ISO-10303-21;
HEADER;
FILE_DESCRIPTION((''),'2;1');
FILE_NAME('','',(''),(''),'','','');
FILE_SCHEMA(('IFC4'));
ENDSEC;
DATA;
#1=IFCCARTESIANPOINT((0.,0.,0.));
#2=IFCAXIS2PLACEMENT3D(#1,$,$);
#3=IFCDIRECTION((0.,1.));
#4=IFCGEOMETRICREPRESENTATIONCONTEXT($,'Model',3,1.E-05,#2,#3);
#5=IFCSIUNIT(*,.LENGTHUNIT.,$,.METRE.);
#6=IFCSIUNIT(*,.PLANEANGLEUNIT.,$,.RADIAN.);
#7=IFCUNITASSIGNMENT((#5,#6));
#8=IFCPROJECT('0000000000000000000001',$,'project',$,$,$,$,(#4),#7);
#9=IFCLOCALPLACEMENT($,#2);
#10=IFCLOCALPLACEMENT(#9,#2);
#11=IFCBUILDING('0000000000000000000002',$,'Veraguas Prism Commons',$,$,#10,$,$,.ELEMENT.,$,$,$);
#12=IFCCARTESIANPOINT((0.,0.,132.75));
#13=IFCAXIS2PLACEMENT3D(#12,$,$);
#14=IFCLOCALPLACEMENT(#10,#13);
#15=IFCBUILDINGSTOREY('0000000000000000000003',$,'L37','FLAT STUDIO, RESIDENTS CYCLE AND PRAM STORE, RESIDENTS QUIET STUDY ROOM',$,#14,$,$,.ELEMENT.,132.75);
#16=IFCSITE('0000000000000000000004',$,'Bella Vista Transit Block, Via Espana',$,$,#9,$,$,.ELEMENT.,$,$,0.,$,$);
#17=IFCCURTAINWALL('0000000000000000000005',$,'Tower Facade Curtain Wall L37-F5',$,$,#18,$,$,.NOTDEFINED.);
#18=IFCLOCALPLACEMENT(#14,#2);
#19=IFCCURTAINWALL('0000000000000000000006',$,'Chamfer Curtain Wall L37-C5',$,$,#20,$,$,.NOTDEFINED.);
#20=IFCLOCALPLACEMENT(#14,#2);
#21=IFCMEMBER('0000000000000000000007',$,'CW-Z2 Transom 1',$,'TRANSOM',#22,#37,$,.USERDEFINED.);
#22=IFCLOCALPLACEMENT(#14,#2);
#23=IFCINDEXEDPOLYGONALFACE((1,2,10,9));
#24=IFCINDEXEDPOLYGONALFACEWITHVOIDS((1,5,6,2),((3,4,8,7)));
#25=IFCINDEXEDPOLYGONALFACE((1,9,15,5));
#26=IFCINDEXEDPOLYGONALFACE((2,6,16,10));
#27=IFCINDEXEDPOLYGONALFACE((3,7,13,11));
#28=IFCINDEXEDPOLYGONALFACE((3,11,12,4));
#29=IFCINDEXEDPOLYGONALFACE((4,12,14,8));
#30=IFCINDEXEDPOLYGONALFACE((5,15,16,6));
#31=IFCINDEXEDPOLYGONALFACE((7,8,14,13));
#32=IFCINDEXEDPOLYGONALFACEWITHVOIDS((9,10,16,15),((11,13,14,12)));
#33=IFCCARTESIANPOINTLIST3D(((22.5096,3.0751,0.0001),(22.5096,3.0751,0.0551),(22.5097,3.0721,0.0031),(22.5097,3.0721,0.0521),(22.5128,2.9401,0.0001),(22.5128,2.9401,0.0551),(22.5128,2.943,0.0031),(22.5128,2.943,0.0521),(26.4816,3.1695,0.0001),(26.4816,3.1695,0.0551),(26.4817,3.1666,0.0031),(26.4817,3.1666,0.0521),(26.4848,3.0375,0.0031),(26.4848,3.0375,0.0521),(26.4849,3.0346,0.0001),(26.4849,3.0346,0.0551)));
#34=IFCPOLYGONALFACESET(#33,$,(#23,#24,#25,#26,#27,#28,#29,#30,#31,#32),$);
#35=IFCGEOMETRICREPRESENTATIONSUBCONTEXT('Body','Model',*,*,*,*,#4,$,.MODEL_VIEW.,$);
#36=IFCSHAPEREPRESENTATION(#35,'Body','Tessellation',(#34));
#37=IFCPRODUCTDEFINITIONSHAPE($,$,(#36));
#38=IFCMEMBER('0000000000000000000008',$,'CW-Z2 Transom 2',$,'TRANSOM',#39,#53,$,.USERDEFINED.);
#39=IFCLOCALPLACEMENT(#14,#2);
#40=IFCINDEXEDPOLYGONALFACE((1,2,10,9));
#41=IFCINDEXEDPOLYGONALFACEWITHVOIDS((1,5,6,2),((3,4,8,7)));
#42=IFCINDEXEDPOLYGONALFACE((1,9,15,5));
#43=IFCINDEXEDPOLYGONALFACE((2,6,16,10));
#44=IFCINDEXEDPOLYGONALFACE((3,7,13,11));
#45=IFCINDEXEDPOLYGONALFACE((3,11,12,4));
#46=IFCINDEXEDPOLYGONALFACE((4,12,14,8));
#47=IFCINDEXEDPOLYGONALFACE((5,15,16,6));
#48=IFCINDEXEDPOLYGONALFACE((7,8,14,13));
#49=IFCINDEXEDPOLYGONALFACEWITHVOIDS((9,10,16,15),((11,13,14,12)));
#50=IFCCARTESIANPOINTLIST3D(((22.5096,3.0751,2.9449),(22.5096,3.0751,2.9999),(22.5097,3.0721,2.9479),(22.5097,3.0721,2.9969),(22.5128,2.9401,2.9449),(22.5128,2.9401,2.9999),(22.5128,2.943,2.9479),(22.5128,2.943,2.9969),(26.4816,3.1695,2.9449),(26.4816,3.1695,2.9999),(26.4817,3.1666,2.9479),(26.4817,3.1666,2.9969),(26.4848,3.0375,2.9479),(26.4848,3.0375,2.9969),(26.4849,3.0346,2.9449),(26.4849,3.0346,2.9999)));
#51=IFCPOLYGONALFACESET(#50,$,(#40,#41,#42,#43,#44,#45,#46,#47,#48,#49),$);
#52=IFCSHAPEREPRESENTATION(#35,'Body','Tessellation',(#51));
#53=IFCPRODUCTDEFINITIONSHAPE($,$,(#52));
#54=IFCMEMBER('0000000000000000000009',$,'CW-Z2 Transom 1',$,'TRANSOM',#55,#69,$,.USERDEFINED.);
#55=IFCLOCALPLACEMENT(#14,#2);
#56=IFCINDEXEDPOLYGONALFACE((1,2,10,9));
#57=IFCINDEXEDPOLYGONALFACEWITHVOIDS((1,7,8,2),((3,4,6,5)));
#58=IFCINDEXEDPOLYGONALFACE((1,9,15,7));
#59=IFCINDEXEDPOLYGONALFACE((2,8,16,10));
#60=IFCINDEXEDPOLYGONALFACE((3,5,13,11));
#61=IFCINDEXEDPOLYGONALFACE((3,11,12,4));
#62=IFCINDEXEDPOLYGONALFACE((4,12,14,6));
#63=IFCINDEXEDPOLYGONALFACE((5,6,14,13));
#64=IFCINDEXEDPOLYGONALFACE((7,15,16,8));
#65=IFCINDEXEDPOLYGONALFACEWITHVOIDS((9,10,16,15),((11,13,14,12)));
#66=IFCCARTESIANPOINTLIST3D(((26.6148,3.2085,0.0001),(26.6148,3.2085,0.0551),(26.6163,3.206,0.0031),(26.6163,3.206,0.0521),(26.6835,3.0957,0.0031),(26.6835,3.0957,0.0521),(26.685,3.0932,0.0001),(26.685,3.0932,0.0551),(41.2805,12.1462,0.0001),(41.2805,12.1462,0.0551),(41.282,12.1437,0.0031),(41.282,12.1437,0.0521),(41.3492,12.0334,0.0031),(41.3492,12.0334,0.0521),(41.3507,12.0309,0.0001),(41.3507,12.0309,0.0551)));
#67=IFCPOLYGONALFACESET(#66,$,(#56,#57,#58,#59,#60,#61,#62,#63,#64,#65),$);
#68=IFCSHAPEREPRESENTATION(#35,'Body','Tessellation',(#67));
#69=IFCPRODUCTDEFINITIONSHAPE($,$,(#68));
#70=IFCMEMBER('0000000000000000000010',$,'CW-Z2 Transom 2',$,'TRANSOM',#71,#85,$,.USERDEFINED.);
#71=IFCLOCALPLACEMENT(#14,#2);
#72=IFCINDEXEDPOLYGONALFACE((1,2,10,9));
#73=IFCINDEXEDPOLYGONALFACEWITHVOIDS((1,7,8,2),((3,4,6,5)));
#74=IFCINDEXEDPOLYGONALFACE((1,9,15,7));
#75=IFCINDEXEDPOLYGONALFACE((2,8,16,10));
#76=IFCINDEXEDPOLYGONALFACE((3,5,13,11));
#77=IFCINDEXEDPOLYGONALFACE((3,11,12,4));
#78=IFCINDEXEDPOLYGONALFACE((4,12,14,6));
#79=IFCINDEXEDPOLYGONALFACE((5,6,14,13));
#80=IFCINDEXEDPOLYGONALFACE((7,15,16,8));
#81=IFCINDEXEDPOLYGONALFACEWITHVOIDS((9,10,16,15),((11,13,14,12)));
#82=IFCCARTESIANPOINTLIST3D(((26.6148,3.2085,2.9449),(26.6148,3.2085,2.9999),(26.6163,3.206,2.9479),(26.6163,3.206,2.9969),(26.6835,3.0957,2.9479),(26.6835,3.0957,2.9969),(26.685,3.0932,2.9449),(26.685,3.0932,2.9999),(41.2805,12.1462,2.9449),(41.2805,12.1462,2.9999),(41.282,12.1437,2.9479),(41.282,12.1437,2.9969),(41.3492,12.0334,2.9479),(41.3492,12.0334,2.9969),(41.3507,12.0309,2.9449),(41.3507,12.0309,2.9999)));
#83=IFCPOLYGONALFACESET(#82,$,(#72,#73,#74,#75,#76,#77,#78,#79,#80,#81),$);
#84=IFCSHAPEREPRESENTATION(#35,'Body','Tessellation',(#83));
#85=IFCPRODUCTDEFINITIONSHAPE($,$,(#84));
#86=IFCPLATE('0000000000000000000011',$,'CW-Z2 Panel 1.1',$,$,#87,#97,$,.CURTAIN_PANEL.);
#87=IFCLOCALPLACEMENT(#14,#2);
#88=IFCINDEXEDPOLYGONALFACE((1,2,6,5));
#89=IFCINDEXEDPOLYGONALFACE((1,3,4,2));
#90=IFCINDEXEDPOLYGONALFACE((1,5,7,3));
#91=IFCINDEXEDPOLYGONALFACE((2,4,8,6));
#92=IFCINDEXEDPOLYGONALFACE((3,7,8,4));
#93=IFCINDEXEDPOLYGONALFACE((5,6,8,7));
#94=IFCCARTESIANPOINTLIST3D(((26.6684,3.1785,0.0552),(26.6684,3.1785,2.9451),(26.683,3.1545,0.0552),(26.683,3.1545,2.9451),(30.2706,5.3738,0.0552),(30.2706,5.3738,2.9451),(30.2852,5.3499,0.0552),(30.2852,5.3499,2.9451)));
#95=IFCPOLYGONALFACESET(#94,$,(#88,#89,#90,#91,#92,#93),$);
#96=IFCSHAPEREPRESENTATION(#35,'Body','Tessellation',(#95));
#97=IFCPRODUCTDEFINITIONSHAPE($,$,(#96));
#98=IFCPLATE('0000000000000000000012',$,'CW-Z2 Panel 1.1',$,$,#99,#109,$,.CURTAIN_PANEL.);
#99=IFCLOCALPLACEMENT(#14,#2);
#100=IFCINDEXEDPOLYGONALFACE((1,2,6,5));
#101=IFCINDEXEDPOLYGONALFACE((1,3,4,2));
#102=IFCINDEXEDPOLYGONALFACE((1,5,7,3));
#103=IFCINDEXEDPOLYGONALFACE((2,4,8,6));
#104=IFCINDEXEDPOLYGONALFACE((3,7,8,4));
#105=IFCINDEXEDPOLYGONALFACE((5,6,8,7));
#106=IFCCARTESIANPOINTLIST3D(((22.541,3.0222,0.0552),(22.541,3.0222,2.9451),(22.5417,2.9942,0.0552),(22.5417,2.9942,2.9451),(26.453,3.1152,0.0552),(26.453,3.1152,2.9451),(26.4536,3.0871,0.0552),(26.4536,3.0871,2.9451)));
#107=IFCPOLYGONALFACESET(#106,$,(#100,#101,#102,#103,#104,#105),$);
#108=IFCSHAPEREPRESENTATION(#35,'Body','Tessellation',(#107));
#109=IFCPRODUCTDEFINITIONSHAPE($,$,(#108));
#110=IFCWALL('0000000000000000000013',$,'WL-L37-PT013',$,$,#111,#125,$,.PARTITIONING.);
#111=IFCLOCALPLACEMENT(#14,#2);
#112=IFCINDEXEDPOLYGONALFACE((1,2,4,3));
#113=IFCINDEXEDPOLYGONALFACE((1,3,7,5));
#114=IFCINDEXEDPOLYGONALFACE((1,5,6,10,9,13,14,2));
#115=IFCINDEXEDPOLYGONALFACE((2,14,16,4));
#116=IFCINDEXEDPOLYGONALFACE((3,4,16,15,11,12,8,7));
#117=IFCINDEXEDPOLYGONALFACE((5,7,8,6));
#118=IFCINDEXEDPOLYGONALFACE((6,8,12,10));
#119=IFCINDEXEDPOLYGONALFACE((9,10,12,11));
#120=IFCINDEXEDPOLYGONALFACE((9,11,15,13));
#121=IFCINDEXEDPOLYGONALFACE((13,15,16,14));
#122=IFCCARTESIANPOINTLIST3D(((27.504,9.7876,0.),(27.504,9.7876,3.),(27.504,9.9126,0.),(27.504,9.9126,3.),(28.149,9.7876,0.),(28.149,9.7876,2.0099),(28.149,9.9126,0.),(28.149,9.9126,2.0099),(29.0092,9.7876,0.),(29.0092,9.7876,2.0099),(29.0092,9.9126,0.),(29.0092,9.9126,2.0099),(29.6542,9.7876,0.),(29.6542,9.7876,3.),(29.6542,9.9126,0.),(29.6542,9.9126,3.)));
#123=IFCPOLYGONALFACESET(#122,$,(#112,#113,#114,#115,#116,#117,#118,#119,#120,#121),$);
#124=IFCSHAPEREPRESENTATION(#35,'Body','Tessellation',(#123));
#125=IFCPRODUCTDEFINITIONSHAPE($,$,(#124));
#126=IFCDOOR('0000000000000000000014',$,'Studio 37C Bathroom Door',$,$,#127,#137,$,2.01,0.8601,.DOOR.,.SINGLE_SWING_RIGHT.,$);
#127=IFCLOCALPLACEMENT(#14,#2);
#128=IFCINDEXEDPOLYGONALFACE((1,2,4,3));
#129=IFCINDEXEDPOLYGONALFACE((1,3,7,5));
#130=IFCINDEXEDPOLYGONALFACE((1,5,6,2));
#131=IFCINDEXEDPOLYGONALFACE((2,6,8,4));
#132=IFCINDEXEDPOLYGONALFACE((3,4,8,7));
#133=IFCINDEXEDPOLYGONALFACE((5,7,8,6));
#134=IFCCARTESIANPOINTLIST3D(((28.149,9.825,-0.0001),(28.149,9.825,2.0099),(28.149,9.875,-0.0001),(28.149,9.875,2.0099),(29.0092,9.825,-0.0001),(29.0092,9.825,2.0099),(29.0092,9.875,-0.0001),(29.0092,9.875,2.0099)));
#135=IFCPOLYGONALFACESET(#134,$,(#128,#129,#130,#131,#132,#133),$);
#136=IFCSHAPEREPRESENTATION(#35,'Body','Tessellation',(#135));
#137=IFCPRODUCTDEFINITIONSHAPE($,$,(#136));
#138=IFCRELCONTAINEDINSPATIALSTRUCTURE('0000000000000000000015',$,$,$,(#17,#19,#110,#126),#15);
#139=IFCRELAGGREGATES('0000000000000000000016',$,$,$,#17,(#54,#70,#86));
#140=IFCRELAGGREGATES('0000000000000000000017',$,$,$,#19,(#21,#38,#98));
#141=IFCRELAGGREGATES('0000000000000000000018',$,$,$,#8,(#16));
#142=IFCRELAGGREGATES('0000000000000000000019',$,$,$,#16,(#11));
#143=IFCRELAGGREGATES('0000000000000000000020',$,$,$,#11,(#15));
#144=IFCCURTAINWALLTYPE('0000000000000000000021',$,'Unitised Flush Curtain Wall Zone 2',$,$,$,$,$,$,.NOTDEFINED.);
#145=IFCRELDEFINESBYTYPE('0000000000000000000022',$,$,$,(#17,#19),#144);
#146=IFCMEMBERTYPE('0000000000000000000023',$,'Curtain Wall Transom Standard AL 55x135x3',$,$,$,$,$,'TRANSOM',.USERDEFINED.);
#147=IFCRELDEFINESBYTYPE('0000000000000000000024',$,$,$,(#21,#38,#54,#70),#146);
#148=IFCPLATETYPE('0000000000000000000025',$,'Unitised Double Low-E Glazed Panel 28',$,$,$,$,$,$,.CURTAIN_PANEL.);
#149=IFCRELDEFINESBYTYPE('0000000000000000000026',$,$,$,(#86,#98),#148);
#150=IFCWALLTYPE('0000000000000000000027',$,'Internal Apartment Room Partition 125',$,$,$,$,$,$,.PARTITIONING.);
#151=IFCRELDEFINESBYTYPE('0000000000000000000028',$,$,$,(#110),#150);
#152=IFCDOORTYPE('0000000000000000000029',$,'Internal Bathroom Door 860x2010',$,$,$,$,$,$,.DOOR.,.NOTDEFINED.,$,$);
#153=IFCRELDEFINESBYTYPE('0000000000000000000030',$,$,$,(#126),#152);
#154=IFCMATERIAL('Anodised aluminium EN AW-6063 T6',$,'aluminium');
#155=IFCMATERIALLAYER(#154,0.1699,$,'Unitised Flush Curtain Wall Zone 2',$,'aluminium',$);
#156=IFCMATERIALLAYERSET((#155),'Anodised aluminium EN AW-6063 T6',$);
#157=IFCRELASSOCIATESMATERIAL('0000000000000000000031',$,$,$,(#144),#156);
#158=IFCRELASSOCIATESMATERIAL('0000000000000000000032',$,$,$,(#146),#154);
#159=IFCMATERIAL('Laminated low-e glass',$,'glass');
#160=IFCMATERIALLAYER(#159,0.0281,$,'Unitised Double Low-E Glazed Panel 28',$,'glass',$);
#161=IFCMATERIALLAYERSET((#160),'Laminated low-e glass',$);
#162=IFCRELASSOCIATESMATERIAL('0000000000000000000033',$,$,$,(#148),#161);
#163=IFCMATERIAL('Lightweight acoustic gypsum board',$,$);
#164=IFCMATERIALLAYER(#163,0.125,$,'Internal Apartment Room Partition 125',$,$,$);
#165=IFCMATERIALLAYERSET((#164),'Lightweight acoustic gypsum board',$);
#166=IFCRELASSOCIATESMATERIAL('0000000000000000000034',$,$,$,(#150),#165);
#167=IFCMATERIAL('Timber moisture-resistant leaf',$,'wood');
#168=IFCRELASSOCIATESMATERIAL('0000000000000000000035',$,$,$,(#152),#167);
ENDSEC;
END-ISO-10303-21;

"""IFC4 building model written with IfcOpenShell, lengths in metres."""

from ifc_helpers import new_model, si_unit, direction, frame, frame_2d, origin, origin_2d, place, context, subcontext, project, spatial, rectangle, hollow_rectangle, extrude, source, transform, mapped, material, layer, layer_set, material_profile, profile_set, type_object, element, fill, aggregate, save


model = new_model("IFC4")

# Units and contexts
model_context = context("Model", 3, precision=1e-05, world=origin(), true_north=direction((0.0, 1.0)))
body_context = subcontext(model_context, "Body", "Model", "MODEL_VIEW")
ifc_project = project(units=[si_unit("LENGTHUNIT", "METRE"), si_unit("PLANEANGLEUNIT", "RADIAN")], contexts=[model_context])

# Site, building, storey
site_placement = place(None, origin())
site = spatial("IfcSite", under=ifc_project, at=site_placement, Name="Bella Vista Transit Block, Via Espana", CompositionType="ELEMENT", RefElevation=0.0)
building_placement = place(site_placement, origin())
building = spatial("IfcBuilding", under=site, at=building_placement, Name="Veraguas Prism Commons", CompositionType="ELEMENT")
storey_placement = place(building_placement, frame((0.0, 0.0, 132.75)))
storey = spatial("IfcBuildingStorey", under=building, at=storey_placement, Name="L37", Description="FLAT STUDIO, RESIDENTS CYCLE AND PRAM STORE, RESIDENTS QUIET STUDY ROOM", CompositionType="ELEMENT", Elevation=132.75)

# Shared definitions
ifc_material_1 = material(Name="Anodised aluminium EN AW-6063 T6", Category="aluminium")
ifc_layer_1 = layer(ifc_material_1, 0.1699, Name="Unitised Flush Curtain Wall Zone 2", Category="aluminium")
ifc_layer_set_1 = layer_set([ifc_layer_1], Name="Anodised aluminium EN AW-6063 T6")
curtain_wall_type = type_object("IfcCurtainWallType", Name="Unitised Flush Curtain Wall Zone 2", PredefinedType="NOTDEFINED", material=ifc_layer_set_1)

# Curtain walls, members
curtain_wall_1_placement = place(storey_placement, origin())
curtain_wall_1 = element("IfcCurtainWall", 1, at=curtain_wall_1_placement, inside=storey, type_object=curtain_wall_type, Name="Tower Facade Curtain Wall L37-F5", PredefinedType="NOTDEFINED")
curtain_wall_2_placement = place(storey_placement, origin())
curtain_wall_2 = element("IfcCurtainWall", 2, at=curtain_wall_2_placement, inside=storey, type_object=curtain_wall_type, Name="Chamfer Curtain Wall L37-C5", PredefinedType="NOTDEFINED")
ifc_material_profile_1 = material_profile(ifc_material_1, hollow_rectangle(XDim=0.0549, YDim=0.135, WallThickness=0.0029, at=origin_2d()), Name="AL55X135X3")
ifc_profile_set_1 = profile_set([ifc_material_profile_1], Name="Anodised aluminium EN AW-6063 T6")
member_type_1 = type_object("IfcMemberType", Name="Curtain Wall Transom Standard AL 55x135x3", ElementType="TRANSOM", PredefinedType="USERDEFINED", material=ifc_profile_set_1)
shared_shape_1 = source(origin(), body_context, "Body", "SweptSolid", [
    extrude(hollow_rectangle(XDim=0.0549, YDim=0.135, WallThickness=0.0029, at=origin_2d()), origin(), (0.0, 0.0, 1.0), 3.9731),
])
member_1_placement = place(storey_placement, frame((22.5112, 3.0076, 0.0276), z_axis=(0.999717, 0.023781, 0.0), x_axis=(0.0, 0.0, 1.0)))
member_1 = element("IfcMember", 3, at=member_1_placement, type_object=member_type_1, Name="CW-Z2 Transom 1", ObjectType="TRANSOM", PredefinedType="USERDEFINED", context=body_context, shape_type="MappedRepresentation", body=[
    mapped(shared_shape_1, transform((0.0, 0.0, 0.0), scale=1.0)),
])
member_2_placement = place(storey_placement, frame((22.5112, 3.0076, 2.9724), z_axis=(0.999717, 0.023781, 0.0), x_axis=(0.0, 0.0, 1.0)))
member_2 = element("IfcMember", 4, at=member_2_placement, type_object=member_type_1, Name="CW-Z2 Transom 2", ObjectType="TRANSOM", PredefinedType="USERDEFINED", context=body_context, shape_type="MappedRepresentation", body=[
    mapped(shared_shape_1, transform((0.0, 0.0, 0.0), scale=1.0)),
])

# Members
shared_shape_2 = source(origin(), body_context, "Body", "SweptSolid", [
    extrude(hollow_rectangle(XDim=0.0549, YDim=0.135, WallThickness=0.0029, at=origin_2d()), origin(), (0.0, 0.0, 1.0), 17.1746),
])
member_3_placement = place(storey_placement, frame((26.6499, 3.1509, 0.0276), z_axis=(0.85392, 0.520404, 0.0), x_axis=(0.0, 0.0, 1.0)))
member_3 = element("IfcMember", 5, at=member_3_placement, type_object=member_type_1, Name="CW-Z2 Transom 1", ObjectType="TRANSOM", PredefinedType="USERDEFINED", context=body_context, shape_type="MappedRepresentation", body=[
    mapped(shared_shape_2, transform((0.0, 0.0, 0.0), scale=1.0)),
])
member_4_placement = place(storey_placement, frame((26.6499, 3.1509, 2.9724), z_axis=(0.85392, 0.520404, 0.0), x_axis=(0.0, 0.0, 1.0)))
member_4 = element("IfcMember", 6, at=member_4_placement, type_object=member_type_1, Name="CW-Z2 Transom 2", ObjectType="TRANSOM", PredefinedType="USERDEFINED", context=body_context, shape_type="MappedRepresentation", body=[
    mapped(shared_shape_2, transform((0.0, 0.0, 0.0), scale=1.0)),
])

# Plates
ifc_material_2 = material(Name="Laminated low-e glass", Category="glass")
ifc_layer_2 = layer(ifc_material_2, 0.0281, Name="Unitised Double Low-E Glazed Panel 28", Category="glass")
ifc_layer_set_2 = layer_set([ifc_layer_2], Name="Laminated low-e glass")
plate_type = type_object("IfcPlateType", Name="Unitised Double Low-E Glazed Panel 28", PredefinedType="CURTAIN_PANEL", material=ifc_layer_set_2)
shared_shape_3 = source(origin(), body_context, "Body", "SweptSolid", [
    extrude(rectangle(XDim=4.2185, YDim=0.0281, at=origin_2d()), origin(), (0.0, 0.0, 1.0), 2.8899),
])
plate_1_placement = place(storey_placement, frame((28.4768, 4.2642, 0.0552), z_axis=(0.0, 0.0, 1.0), x_axis=(0.853916, 0.520411, 0.0)))
plate_1 = element("IfcPlate", 7, at=plate_1_placement, type_object=plate_type, Name="CW-Z2 Panel 1.1", PredefinedType="CURTAIN_PANEL", context=body_context, shape_type="MappedRepresentation", body=[
    mapped(shared_shape_3, transform((0.0, 0.0, 0.0), scale=1.0)),
])
aggregate(curtain_wall_1, [member_3, member_4, plate_1])
shared_shape_4 = source(origin(), body_context, "Body", "SweptSolid", [
    extrude(rectangle(XDim=3.9131, YDim=0.0281, at=origin_2d()), origin(), (0.0, 0.0, 1.0), 2.8899),
])
plate_2_placement = place(storey_placement, frame((24.4973, 3.0547, 0.0552), z_axis=(0.0, 0.0, 1.0), x_axis=(0.999718, 0.023753, 0.0)))
plate_2 = element("IfcPlate", 8, at=plate_2_placement, type_object=plate_type, Name="CW-Z2 Panel 1.1", PredefinedType="CURTAIN_PANEL", context=body_context, shape_type="MappedRepresentation", body=[
    mapped(shared_shape_4, transform((0.0, 0.0, 0.0), scale=1.0)),
])
aggregate(curtain_wall_2, [member_1, member_2, plate_2])

# Wall, opening, door
ifc_material_3 = material(Name="Lightweight acoustic gypsum board")
ifc_layer_3 = layer(ifc_material_3, 0.125, Name="Internal Apartment Room Partition 125")
ifc_layer_set_3 = layer_set([ifc_layer_3], Name="Lightweight acoustic gypsum board")
wall_type = type_object("IfcWallType", Name="Internal Apartment Room Partition 125", PredefinedType="PARTITIONING", material=ifc_layer_set_3)
wall_placement = place(storey_placement, frame((27.5039, 9.8501, 0.0), z_axis=(0.0, 0.0, 1.0), x_axis=(1.0, 0.0, 0.0)))
wall = element("IfcWall", 9, at=wall_placement, inside=storey, type_object=wall_type, Name="WL-L37-PT013", PredefinedType="PARTITIONING", context=body_context, shape_type="SweptSolid", body=[
    extrude(rectangle(XDim=2.1501, YDim=0.125, at=frame_2d((1.0752, 0.0))), origin(), (0.0, 0.0, 1.0), 3.0),
])
opening_placement = place(wall_placement, frame((0.645, 0.0, 0.0)))
opening = element("IfcOpeningElement", 10, at=opening_placement, cuts=wall, PredefinedType="OPENING", context=body_context, shape_type="SweptSolid", body=[
    extrude(rectangle(XDim=0.8601, YDim=2.01, at=frame_2d((0.4302, 1.0049))), frame((0.0, 0.0725, 0.0), z_axis=(0.0, -1.0, 0.0), x_axis=(1.0, 0.0, 0.0)), (0.0, 0.0, 1.0), 0.145),
])
ifc_material_4 = material(Name="Timber moisture-resistant leaf", Category="wood")
door_type = type_object("IfcDoorType", Name="Internal Bathroom Door 860x2010", OperationType="NOTDEFINED", PredefinedType="DOOR", material=ifc_material_4)
shared_shape_5 = source(origin(), body_context, "Body", "SweptSolid", [
    extrude(rectangle(XDim=0.8601, YDim=2.01, at=frame_2d((0.4302, 1.0049))), frame((0.0, 0.0249, 0.0), z_axis=(0.0, -1.0, 0.0), x_axis=(1.0, 0.0, 0.0)), (0.0, 0.0, 1.0), 0.05),
])
door_placement = place(opening_placement, origin())
door = element("IfcDoor", 11, at=door_placement, inside=storey, type_object=door_type, Name="Studio 37C Bathroom Door", OperationType="SINGLE_SWING_RIGHT", OverallHeight=2.01, OverallWidth=0.8601, PredefinedType="DOOR", context=body_context, shape_type="MappedRepresentation", body=[
    mapped(shared_shape_5, transform((0.0, 0.0, 0.0), scale=1.0)),
])
fill(opening, door)

save(model, "model.ifc")
